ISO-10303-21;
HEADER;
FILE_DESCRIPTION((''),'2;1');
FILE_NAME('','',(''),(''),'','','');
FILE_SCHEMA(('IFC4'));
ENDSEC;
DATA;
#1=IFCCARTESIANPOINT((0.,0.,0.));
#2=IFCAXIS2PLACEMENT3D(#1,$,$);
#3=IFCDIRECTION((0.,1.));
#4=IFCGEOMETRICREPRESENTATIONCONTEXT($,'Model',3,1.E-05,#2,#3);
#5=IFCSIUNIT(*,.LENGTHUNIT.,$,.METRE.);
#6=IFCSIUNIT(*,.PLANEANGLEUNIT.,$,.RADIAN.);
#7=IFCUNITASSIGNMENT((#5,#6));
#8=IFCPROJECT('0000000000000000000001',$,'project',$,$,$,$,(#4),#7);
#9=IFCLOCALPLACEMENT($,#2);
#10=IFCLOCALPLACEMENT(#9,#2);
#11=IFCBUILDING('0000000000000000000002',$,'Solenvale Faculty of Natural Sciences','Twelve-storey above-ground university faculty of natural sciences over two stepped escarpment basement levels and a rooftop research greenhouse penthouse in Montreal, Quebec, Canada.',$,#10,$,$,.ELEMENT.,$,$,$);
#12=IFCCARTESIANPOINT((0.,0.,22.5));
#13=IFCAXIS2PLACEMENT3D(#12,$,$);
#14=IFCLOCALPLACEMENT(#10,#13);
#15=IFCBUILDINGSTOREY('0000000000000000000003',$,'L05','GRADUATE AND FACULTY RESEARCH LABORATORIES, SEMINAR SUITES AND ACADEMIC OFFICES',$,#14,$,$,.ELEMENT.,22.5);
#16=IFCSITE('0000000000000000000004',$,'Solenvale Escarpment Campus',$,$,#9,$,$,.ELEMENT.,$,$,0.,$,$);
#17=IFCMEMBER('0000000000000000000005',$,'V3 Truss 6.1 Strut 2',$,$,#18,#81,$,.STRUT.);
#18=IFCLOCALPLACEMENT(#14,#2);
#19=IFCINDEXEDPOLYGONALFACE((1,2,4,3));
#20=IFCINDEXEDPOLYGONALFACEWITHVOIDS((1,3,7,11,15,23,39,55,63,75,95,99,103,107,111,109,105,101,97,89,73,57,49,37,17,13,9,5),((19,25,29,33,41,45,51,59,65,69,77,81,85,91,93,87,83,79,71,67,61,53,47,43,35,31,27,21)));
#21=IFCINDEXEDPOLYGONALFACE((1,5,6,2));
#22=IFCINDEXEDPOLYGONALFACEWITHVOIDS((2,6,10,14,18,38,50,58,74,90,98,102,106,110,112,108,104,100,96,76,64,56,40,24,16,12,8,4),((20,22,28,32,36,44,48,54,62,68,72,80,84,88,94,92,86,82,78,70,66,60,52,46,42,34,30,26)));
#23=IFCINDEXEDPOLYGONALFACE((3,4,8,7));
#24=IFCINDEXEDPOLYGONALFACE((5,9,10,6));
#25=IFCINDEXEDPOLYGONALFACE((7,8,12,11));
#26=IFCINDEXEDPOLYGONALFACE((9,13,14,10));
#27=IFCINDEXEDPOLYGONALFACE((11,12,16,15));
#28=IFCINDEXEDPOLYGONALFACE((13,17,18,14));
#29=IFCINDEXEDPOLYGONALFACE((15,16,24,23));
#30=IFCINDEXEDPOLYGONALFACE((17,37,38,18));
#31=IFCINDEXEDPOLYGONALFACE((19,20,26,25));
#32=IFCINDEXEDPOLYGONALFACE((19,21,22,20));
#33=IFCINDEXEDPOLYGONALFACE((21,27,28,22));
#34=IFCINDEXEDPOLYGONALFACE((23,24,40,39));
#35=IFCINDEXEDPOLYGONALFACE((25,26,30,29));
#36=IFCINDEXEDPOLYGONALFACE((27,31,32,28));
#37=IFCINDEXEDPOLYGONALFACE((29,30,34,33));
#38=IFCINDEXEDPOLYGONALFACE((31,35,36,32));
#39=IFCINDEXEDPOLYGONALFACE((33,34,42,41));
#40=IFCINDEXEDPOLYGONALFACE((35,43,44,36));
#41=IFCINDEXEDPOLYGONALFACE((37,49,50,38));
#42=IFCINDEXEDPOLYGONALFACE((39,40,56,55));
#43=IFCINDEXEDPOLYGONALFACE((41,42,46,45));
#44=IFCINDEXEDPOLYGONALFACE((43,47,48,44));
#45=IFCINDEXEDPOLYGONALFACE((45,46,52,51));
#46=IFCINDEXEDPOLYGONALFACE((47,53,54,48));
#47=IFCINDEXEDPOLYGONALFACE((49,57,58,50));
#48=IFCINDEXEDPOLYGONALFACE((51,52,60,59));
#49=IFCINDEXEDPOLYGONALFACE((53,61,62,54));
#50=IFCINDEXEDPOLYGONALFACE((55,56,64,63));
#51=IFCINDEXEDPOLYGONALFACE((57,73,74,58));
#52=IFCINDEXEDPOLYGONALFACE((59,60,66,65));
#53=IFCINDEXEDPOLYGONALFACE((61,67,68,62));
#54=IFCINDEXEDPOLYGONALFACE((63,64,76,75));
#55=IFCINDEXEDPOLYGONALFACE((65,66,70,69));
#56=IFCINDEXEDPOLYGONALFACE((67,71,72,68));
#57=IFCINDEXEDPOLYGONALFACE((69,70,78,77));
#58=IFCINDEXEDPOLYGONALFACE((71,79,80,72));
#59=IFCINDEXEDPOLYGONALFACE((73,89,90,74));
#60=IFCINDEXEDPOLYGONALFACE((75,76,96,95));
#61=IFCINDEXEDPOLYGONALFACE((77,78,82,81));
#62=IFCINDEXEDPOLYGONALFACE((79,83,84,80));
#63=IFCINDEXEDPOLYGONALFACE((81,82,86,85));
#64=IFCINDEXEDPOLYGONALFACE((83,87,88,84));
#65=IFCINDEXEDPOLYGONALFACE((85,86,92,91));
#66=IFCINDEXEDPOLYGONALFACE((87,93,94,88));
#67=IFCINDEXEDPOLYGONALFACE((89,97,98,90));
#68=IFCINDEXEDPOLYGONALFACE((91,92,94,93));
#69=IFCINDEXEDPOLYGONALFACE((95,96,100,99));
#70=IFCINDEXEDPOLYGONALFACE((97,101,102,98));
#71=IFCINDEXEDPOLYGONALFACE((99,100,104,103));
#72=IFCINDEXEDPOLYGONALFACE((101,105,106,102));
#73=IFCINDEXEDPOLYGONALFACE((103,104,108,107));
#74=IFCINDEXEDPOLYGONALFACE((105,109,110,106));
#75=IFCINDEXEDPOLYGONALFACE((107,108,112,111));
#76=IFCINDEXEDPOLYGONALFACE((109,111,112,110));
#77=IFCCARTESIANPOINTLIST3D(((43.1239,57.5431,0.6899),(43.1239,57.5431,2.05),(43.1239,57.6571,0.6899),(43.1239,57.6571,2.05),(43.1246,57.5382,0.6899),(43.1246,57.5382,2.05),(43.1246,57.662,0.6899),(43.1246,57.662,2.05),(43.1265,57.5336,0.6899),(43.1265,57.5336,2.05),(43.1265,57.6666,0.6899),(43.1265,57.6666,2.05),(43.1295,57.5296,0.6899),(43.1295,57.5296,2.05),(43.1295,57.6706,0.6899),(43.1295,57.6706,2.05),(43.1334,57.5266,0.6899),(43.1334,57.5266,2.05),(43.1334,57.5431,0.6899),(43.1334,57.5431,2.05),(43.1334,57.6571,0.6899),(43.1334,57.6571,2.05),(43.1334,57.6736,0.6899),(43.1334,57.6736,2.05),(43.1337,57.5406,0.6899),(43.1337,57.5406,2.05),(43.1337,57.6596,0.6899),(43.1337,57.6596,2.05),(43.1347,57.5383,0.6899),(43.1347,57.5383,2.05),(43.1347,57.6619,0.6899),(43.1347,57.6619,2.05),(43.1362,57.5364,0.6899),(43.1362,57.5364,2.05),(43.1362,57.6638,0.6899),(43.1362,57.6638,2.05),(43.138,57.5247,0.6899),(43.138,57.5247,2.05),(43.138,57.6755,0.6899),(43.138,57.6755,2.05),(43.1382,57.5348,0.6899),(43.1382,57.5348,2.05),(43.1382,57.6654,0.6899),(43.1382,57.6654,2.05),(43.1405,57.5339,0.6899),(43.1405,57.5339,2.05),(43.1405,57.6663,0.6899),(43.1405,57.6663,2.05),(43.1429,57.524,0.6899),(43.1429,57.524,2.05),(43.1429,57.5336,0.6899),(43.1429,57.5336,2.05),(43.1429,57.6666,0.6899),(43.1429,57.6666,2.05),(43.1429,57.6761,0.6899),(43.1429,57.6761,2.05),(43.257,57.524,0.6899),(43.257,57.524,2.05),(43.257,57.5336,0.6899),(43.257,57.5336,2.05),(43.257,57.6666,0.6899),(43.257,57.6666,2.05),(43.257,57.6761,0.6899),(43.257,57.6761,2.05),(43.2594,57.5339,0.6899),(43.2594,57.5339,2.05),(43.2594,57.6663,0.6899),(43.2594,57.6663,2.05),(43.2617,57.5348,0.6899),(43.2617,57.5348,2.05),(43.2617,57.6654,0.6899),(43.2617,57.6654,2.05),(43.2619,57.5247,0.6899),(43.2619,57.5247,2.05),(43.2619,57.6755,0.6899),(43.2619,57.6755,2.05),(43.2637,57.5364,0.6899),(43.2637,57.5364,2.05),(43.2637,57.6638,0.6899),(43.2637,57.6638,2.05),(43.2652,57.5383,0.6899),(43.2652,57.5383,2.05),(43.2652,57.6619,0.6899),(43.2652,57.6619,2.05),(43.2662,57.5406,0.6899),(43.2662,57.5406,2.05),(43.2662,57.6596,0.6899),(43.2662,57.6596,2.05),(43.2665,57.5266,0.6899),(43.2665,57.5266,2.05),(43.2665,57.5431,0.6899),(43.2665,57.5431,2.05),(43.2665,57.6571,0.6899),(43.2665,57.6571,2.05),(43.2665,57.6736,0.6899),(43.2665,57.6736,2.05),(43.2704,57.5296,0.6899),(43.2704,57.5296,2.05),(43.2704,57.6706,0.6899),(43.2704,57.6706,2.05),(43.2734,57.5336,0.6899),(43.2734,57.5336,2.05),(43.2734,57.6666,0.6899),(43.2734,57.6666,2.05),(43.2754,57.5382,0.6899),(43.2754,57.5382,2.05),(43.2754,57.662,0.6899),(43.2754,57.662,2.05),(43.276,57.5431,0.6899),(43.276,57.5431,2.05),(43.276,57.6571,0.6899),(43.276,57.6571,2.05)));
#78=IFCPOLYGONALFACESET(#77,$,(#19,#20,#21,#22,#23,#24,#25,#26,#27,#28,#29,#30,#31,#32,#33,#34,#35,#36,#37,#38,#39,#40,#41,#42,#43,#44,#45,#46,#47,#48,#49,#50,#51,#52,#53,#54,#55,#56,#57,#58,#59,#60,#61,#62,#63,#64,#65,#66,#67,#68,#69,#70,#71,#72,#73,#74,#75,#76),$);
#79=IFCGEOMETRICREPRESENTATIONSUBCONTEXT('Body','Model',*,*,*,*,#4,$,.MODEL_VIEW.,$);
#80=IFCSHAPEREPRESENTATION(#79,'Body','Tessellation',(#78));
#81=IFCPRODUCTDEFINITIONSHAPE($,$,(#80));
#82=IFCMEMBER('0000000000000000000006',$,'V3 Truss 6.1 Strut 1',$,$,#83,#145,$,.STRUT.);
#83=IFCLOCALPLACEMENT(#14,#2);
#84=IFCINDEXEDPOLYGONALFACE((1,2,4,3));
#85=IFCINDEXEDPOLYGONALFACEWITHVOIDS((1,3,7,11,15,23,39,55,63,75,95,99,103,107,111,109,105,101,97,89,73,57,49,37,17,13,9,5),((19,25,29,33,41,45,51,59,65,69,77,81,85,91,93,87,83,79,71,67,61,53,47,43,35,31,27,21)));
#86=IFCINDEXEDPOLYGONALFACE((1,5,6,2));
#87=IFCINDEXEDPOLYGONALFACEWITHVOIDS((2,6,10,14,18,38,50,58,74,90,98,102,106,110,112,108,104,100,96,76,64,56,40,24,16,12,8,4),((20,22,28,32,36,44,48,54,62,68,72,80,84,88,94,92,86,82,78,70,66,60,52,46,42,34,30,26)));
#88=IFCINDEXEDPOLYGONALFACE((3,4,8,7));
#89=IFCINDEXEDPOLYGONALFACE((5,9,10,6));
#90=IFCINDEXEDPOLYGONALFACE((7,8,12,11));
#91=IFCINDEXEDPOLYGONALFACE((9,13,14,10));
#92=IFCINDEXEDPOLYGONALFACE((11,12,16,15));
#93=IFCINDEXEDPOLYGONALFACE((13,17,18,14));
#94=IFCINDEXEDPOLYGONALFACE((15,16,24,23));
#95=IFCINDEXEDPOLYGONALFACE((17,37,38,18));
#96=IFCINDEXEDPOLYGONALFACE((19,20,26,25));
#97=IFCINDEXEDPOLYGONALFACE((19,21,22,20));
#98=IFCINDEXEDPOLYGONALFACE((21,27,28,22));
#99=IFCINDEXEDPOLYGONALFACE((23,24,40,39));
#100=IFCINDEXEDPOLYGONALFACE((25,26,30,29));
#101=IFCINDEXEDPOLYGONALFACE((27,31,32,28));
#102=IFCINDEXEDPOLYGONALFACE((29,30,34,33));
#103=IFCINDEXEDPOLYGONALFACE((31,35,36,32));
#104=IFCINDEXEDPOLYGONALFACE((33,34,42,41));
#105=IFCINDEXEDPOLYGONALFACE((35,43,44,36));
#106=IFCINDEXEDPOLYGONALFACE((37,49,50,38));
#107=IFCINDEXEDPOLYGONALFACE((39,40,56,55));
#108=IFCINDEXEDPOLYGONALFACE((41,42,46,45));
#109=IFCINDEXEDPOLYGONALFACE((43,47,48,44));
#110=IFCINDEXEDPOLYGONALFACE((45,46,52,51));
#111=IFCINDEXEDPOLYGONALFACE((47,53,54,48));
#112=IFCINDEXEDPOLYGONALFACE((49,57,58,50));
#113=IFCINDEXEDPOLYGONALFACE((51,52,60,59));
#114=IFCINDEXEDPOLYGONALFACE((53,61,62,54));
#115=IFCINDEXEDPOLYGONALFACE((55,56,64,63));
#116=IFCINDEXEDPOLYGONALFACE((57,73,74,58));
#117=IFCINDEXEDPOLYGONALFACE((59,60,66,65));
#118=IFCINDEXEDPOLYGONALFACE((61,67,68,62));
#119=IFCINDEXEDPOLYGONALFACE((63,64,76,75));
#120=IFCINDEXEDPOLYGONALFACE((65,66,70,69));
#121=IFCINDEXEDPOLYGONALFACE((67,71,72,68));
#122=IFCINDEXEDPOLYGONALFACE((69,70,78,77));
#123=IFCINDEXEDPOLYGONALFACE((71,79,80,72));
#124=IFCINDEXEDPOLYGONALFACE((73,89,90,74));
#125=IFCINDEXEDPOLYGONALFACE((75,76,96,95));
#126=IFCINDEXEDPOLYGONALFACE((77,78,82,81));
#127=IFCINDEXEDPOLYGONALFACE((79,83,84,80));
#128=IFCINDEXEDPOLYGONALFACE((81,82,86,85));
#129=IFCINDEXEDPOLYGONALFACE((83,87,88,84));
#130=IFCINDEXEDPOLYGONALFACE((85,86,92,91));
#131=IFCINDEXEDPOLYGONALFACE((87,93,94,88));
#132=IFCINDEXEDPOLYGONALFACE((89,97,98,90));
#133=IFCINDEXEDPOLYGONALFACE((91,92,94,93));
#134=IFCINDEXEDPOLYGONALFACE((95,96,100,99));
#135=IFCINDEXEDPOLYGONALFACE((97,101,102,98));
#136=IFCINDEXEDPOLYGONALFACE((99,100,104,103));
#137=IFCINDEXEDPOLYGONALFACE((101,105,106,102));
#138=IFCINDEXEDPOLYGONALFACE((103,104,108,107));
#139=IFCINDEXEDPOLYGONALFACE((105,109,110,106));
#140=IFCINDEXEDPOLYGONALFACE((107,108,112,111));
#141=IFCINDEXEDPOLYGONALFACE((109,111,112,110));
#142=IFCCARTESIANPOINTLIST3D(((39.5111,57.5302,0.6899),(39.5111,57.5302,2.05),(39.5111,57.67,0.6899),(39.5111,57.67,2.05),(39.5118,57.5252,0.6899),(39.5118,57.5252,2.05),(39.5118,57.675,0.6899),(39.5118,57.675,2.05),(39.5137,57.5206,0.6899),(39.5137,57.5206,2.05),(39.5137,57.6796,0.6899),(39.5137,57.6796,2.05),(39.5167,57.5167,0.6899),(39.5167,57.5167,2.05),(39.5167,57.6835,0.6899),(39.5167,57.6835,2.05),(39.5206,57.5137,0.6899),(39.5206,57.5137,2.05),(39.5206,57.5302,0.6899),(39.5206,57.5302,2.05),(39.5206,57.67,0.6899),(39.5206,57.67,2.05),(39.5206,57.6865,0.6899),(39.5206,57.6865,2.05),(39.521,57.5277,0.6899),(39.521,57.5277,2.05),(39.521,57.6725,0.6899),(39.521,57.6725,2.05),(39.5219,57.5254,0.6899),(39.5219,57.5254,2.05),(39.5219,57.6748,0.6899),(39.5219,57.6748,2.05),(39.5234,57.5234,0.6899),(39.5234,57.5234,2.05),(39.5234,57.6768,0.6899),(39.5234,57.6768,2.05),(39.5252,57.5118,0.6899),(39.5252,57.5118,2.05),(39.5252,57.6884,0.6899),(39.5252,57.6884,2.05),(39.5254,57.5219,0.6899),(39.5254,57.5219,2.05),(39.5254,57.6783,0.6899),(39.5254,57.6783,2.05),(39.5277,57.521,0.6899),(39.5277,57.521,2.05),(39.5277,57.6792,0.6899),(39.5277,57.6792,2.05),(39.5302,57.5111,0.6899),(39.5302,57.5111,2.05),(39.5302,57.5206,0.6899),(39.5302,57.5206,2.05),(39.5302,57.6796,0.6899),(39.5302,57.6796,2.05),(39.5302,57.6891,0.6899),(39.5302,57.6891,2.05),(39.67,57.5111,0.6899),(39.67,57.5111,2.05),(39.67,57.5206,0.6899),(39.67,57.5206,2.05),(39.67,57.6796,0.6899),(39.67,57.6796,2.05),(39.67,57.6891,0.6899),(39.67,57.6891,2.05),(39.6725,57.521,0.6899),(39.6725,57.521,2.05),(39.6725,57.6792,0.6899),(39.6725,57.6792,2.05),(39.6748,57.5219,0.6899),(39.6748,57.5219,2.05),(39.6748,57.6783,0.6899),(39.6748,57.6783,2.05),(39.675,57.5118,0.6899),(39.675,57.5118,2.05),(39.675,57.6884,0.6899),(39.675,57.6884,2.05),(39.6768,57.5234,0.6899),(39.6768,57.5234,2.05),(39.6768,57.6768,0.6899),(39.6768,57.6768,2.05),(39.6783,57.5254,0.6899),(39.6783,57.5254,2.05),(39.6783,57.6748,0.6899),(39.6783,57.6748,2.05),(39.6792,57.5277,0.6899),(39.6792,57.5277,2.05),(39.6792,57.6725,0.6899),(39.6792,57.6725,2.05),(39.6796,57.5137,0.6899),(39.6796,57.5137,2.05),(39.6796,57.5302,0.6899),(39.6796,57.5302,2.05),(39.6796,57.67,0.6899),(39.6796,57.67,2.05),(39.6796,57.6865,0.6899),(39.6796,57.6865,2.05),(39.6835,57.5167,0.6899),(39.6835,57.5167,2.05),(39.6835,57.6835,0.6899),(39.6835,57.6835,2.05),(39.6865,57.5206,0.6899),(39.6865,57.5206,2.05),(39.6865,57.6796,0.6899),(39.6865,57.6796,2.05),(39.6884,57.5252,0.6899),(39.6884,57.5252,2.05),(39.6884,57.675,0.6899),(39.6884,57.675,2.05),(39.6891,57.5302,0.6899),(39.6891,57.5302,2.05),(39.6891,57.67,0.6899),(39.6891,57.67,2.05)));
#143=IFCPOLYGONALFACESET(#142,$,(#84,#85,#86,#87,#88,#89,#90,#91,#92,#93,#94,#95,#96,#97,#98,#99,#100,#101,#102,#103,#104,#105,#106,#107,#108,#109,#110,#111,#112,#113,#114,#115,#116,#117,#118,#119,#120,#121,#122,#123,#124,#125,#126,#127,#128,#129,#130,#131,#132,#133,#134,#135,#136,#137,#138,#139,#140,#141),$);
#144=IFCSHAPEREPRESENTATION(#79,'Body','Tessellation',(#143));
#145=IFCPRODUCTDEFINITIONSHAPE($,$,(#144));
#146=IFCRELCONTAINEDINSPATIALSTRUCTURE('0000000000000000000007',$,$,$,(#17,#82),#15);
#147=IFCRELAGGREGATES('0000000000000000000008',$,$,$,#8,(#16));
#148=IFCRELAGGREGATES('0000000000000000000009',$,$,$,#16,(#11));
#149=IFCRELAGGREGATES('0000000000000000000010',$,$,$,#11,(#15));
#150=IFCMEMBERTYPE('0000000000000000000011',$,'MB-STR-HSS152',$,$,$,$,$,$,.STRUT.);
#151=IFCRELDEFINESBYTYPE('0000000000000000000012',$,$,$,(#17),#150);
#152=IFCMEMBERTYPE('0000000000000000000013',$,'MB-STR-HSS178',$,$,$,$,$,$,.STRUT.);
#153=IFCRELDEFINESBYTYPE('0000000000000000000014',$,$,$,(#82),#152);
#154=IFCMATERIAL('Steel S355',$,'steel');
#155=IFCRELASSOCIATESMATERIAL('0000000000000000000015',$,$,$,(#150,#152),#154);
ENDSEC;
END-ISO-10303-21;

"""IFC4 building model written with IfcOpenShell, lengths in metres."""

from ifc_helpers import new_model, si_unit, direction, frame, origin, origin_2d, place, context, subcontext, project, spatial, hollow_rectangle, extrude, material, material_profile, profile_set, type_object, element, save


model = new_model("IFC4")

# Units and contexts
model_context = context("Model", 3, precision=1e-05, world=origin(), true_north=direction((0.0, 1.0)))
body_context = subcontext(model_context, "Body", "Model", "MODEL_VIEW")
ifc_project = project(units=[si_unit("LENGTHUNIT", "METRE"), si_unit("PLANEANGLEUNIT", "RADIAN")], contexts=[model_context])

# Site, building, storey
site_placement = place(None, origin())
site = spatial("IfcSite", under=ifc_project, at=site_placement, Name="Solenvale Escarpment Campus", CompositionType="ELEMENT", RefElevation=0.0)
building_placement = place(site_placement, origin())
building = spatial("IfcBuilding", under=site, at=building_placement, Name="Solenvale Faculty of Natural Sciences", Description="Twelve-storey above-ground university faculty of natural sciences over two stepped escarpment basement levels and a rooftop research greenhouse penthouse in Montreal, Quebec, Canada.", CompositionType="ELEMENT")
storey_placement = place(building_placement, frame((0.0, 0.0, 22.5)))
storey = spatial("IfcBuildingStorey", under=building, at=storey_placement, Name="L05", Description="GRADUATE AND FACULTY RESEARCH LABORATORIES, SEMINAR SUITES AND ACADEMIC OFFICES", CompositionType="ELEMENT", Elevation=22.5)

# Shared definitions
ifc_material_1 = material(Name="Steel S355", Category="steel")

# Members
ifc_material_profile_1 = material_profile(ifc_material_1, hollow_rectangle(XDim=0.1521, YDim=0.1521, WallThickness=0.0095, InnerFilletRadius=0.0095, OuterFilletRadius=0.019, at=origin_2d()), Name="HSS152x152x9.5")
ifc_profile_set_1 = profile_set([ifc_material_profile_1], Name="Steel S355")
member_type_1 = type_object("IfcMemberType", Name="MB-STR-HSS152", PredefinedType="STRUT", material=ifc_profile_set_1)
member_1_placement = place(storey_placement, frame((43.2, 57.6001, 0.6899), z_axis=(0.0, 0.0, 1.0), x_axis=(1.0, 0.0, 0.0)))
element("IfcMember", 1, at=member_1_placement, inside=storey, type_object=member_type_1, Name="V3 Truss 6.1 Strut 2", PredefinedType="STRUT", context=body_context, shape_type="SweptSolid", body=[
    extrude(hollow_rectangle(XDim=0.1521, YDim=0.1521, WallThickness=0.0095, InnerFilletRadius=0.0095, OuterFilletRadius=0.019, at=origin_2d()), origin(), (0.0, 0.0, 1.0), 1.3601),
])
ifc_material_profile_2 = material_profile(ifc_material_1, hollow_rectangle(XDim=0.178, YDim=0.178, WallThickness=0.0095, InnerFilletRadius=0.0095, OuterFilletRadius=0.019, at=origin_2d()), Name="HSS178x178x9.5")
ifc_profile_set_2 = profile_set([ifc_material_profile_2], Name="Steel S355")
member_type_2 = type_object("IfcMemberType", Name="MB-STR-HSS178", PredefinedType="STRUT", material=ifc_profile_set_2)
for number, where, z_axis, x_axis, name in (
    (2, (39.6001, 57.6001, 0.6899), (0.0, 0.0, 1.0), (1.0, 0.0, 0.0), "V3 Truss 6.1 Strut 1"),
):
    element("IfcMember", number, at=place(storey_placement, frame(where, z_axis=z_axis, x_axis=x_axis)), inside=storey, type_object=member_type_2, Name=name, PredefinedType="STRUT", context=body_context, shape_type="SweptSolid", body=[
        extrude(hollow_rectangle(XDim=0.178, YDim=0.178, WallThickness=0.0095, InnerFilletRadius=0.0095, OuterFilletRadius=0.019, at=origin_2d()), origin(), (0.0, 0.0, 1.0), 1.3601),
    ])

save(model, "model.ifc")
